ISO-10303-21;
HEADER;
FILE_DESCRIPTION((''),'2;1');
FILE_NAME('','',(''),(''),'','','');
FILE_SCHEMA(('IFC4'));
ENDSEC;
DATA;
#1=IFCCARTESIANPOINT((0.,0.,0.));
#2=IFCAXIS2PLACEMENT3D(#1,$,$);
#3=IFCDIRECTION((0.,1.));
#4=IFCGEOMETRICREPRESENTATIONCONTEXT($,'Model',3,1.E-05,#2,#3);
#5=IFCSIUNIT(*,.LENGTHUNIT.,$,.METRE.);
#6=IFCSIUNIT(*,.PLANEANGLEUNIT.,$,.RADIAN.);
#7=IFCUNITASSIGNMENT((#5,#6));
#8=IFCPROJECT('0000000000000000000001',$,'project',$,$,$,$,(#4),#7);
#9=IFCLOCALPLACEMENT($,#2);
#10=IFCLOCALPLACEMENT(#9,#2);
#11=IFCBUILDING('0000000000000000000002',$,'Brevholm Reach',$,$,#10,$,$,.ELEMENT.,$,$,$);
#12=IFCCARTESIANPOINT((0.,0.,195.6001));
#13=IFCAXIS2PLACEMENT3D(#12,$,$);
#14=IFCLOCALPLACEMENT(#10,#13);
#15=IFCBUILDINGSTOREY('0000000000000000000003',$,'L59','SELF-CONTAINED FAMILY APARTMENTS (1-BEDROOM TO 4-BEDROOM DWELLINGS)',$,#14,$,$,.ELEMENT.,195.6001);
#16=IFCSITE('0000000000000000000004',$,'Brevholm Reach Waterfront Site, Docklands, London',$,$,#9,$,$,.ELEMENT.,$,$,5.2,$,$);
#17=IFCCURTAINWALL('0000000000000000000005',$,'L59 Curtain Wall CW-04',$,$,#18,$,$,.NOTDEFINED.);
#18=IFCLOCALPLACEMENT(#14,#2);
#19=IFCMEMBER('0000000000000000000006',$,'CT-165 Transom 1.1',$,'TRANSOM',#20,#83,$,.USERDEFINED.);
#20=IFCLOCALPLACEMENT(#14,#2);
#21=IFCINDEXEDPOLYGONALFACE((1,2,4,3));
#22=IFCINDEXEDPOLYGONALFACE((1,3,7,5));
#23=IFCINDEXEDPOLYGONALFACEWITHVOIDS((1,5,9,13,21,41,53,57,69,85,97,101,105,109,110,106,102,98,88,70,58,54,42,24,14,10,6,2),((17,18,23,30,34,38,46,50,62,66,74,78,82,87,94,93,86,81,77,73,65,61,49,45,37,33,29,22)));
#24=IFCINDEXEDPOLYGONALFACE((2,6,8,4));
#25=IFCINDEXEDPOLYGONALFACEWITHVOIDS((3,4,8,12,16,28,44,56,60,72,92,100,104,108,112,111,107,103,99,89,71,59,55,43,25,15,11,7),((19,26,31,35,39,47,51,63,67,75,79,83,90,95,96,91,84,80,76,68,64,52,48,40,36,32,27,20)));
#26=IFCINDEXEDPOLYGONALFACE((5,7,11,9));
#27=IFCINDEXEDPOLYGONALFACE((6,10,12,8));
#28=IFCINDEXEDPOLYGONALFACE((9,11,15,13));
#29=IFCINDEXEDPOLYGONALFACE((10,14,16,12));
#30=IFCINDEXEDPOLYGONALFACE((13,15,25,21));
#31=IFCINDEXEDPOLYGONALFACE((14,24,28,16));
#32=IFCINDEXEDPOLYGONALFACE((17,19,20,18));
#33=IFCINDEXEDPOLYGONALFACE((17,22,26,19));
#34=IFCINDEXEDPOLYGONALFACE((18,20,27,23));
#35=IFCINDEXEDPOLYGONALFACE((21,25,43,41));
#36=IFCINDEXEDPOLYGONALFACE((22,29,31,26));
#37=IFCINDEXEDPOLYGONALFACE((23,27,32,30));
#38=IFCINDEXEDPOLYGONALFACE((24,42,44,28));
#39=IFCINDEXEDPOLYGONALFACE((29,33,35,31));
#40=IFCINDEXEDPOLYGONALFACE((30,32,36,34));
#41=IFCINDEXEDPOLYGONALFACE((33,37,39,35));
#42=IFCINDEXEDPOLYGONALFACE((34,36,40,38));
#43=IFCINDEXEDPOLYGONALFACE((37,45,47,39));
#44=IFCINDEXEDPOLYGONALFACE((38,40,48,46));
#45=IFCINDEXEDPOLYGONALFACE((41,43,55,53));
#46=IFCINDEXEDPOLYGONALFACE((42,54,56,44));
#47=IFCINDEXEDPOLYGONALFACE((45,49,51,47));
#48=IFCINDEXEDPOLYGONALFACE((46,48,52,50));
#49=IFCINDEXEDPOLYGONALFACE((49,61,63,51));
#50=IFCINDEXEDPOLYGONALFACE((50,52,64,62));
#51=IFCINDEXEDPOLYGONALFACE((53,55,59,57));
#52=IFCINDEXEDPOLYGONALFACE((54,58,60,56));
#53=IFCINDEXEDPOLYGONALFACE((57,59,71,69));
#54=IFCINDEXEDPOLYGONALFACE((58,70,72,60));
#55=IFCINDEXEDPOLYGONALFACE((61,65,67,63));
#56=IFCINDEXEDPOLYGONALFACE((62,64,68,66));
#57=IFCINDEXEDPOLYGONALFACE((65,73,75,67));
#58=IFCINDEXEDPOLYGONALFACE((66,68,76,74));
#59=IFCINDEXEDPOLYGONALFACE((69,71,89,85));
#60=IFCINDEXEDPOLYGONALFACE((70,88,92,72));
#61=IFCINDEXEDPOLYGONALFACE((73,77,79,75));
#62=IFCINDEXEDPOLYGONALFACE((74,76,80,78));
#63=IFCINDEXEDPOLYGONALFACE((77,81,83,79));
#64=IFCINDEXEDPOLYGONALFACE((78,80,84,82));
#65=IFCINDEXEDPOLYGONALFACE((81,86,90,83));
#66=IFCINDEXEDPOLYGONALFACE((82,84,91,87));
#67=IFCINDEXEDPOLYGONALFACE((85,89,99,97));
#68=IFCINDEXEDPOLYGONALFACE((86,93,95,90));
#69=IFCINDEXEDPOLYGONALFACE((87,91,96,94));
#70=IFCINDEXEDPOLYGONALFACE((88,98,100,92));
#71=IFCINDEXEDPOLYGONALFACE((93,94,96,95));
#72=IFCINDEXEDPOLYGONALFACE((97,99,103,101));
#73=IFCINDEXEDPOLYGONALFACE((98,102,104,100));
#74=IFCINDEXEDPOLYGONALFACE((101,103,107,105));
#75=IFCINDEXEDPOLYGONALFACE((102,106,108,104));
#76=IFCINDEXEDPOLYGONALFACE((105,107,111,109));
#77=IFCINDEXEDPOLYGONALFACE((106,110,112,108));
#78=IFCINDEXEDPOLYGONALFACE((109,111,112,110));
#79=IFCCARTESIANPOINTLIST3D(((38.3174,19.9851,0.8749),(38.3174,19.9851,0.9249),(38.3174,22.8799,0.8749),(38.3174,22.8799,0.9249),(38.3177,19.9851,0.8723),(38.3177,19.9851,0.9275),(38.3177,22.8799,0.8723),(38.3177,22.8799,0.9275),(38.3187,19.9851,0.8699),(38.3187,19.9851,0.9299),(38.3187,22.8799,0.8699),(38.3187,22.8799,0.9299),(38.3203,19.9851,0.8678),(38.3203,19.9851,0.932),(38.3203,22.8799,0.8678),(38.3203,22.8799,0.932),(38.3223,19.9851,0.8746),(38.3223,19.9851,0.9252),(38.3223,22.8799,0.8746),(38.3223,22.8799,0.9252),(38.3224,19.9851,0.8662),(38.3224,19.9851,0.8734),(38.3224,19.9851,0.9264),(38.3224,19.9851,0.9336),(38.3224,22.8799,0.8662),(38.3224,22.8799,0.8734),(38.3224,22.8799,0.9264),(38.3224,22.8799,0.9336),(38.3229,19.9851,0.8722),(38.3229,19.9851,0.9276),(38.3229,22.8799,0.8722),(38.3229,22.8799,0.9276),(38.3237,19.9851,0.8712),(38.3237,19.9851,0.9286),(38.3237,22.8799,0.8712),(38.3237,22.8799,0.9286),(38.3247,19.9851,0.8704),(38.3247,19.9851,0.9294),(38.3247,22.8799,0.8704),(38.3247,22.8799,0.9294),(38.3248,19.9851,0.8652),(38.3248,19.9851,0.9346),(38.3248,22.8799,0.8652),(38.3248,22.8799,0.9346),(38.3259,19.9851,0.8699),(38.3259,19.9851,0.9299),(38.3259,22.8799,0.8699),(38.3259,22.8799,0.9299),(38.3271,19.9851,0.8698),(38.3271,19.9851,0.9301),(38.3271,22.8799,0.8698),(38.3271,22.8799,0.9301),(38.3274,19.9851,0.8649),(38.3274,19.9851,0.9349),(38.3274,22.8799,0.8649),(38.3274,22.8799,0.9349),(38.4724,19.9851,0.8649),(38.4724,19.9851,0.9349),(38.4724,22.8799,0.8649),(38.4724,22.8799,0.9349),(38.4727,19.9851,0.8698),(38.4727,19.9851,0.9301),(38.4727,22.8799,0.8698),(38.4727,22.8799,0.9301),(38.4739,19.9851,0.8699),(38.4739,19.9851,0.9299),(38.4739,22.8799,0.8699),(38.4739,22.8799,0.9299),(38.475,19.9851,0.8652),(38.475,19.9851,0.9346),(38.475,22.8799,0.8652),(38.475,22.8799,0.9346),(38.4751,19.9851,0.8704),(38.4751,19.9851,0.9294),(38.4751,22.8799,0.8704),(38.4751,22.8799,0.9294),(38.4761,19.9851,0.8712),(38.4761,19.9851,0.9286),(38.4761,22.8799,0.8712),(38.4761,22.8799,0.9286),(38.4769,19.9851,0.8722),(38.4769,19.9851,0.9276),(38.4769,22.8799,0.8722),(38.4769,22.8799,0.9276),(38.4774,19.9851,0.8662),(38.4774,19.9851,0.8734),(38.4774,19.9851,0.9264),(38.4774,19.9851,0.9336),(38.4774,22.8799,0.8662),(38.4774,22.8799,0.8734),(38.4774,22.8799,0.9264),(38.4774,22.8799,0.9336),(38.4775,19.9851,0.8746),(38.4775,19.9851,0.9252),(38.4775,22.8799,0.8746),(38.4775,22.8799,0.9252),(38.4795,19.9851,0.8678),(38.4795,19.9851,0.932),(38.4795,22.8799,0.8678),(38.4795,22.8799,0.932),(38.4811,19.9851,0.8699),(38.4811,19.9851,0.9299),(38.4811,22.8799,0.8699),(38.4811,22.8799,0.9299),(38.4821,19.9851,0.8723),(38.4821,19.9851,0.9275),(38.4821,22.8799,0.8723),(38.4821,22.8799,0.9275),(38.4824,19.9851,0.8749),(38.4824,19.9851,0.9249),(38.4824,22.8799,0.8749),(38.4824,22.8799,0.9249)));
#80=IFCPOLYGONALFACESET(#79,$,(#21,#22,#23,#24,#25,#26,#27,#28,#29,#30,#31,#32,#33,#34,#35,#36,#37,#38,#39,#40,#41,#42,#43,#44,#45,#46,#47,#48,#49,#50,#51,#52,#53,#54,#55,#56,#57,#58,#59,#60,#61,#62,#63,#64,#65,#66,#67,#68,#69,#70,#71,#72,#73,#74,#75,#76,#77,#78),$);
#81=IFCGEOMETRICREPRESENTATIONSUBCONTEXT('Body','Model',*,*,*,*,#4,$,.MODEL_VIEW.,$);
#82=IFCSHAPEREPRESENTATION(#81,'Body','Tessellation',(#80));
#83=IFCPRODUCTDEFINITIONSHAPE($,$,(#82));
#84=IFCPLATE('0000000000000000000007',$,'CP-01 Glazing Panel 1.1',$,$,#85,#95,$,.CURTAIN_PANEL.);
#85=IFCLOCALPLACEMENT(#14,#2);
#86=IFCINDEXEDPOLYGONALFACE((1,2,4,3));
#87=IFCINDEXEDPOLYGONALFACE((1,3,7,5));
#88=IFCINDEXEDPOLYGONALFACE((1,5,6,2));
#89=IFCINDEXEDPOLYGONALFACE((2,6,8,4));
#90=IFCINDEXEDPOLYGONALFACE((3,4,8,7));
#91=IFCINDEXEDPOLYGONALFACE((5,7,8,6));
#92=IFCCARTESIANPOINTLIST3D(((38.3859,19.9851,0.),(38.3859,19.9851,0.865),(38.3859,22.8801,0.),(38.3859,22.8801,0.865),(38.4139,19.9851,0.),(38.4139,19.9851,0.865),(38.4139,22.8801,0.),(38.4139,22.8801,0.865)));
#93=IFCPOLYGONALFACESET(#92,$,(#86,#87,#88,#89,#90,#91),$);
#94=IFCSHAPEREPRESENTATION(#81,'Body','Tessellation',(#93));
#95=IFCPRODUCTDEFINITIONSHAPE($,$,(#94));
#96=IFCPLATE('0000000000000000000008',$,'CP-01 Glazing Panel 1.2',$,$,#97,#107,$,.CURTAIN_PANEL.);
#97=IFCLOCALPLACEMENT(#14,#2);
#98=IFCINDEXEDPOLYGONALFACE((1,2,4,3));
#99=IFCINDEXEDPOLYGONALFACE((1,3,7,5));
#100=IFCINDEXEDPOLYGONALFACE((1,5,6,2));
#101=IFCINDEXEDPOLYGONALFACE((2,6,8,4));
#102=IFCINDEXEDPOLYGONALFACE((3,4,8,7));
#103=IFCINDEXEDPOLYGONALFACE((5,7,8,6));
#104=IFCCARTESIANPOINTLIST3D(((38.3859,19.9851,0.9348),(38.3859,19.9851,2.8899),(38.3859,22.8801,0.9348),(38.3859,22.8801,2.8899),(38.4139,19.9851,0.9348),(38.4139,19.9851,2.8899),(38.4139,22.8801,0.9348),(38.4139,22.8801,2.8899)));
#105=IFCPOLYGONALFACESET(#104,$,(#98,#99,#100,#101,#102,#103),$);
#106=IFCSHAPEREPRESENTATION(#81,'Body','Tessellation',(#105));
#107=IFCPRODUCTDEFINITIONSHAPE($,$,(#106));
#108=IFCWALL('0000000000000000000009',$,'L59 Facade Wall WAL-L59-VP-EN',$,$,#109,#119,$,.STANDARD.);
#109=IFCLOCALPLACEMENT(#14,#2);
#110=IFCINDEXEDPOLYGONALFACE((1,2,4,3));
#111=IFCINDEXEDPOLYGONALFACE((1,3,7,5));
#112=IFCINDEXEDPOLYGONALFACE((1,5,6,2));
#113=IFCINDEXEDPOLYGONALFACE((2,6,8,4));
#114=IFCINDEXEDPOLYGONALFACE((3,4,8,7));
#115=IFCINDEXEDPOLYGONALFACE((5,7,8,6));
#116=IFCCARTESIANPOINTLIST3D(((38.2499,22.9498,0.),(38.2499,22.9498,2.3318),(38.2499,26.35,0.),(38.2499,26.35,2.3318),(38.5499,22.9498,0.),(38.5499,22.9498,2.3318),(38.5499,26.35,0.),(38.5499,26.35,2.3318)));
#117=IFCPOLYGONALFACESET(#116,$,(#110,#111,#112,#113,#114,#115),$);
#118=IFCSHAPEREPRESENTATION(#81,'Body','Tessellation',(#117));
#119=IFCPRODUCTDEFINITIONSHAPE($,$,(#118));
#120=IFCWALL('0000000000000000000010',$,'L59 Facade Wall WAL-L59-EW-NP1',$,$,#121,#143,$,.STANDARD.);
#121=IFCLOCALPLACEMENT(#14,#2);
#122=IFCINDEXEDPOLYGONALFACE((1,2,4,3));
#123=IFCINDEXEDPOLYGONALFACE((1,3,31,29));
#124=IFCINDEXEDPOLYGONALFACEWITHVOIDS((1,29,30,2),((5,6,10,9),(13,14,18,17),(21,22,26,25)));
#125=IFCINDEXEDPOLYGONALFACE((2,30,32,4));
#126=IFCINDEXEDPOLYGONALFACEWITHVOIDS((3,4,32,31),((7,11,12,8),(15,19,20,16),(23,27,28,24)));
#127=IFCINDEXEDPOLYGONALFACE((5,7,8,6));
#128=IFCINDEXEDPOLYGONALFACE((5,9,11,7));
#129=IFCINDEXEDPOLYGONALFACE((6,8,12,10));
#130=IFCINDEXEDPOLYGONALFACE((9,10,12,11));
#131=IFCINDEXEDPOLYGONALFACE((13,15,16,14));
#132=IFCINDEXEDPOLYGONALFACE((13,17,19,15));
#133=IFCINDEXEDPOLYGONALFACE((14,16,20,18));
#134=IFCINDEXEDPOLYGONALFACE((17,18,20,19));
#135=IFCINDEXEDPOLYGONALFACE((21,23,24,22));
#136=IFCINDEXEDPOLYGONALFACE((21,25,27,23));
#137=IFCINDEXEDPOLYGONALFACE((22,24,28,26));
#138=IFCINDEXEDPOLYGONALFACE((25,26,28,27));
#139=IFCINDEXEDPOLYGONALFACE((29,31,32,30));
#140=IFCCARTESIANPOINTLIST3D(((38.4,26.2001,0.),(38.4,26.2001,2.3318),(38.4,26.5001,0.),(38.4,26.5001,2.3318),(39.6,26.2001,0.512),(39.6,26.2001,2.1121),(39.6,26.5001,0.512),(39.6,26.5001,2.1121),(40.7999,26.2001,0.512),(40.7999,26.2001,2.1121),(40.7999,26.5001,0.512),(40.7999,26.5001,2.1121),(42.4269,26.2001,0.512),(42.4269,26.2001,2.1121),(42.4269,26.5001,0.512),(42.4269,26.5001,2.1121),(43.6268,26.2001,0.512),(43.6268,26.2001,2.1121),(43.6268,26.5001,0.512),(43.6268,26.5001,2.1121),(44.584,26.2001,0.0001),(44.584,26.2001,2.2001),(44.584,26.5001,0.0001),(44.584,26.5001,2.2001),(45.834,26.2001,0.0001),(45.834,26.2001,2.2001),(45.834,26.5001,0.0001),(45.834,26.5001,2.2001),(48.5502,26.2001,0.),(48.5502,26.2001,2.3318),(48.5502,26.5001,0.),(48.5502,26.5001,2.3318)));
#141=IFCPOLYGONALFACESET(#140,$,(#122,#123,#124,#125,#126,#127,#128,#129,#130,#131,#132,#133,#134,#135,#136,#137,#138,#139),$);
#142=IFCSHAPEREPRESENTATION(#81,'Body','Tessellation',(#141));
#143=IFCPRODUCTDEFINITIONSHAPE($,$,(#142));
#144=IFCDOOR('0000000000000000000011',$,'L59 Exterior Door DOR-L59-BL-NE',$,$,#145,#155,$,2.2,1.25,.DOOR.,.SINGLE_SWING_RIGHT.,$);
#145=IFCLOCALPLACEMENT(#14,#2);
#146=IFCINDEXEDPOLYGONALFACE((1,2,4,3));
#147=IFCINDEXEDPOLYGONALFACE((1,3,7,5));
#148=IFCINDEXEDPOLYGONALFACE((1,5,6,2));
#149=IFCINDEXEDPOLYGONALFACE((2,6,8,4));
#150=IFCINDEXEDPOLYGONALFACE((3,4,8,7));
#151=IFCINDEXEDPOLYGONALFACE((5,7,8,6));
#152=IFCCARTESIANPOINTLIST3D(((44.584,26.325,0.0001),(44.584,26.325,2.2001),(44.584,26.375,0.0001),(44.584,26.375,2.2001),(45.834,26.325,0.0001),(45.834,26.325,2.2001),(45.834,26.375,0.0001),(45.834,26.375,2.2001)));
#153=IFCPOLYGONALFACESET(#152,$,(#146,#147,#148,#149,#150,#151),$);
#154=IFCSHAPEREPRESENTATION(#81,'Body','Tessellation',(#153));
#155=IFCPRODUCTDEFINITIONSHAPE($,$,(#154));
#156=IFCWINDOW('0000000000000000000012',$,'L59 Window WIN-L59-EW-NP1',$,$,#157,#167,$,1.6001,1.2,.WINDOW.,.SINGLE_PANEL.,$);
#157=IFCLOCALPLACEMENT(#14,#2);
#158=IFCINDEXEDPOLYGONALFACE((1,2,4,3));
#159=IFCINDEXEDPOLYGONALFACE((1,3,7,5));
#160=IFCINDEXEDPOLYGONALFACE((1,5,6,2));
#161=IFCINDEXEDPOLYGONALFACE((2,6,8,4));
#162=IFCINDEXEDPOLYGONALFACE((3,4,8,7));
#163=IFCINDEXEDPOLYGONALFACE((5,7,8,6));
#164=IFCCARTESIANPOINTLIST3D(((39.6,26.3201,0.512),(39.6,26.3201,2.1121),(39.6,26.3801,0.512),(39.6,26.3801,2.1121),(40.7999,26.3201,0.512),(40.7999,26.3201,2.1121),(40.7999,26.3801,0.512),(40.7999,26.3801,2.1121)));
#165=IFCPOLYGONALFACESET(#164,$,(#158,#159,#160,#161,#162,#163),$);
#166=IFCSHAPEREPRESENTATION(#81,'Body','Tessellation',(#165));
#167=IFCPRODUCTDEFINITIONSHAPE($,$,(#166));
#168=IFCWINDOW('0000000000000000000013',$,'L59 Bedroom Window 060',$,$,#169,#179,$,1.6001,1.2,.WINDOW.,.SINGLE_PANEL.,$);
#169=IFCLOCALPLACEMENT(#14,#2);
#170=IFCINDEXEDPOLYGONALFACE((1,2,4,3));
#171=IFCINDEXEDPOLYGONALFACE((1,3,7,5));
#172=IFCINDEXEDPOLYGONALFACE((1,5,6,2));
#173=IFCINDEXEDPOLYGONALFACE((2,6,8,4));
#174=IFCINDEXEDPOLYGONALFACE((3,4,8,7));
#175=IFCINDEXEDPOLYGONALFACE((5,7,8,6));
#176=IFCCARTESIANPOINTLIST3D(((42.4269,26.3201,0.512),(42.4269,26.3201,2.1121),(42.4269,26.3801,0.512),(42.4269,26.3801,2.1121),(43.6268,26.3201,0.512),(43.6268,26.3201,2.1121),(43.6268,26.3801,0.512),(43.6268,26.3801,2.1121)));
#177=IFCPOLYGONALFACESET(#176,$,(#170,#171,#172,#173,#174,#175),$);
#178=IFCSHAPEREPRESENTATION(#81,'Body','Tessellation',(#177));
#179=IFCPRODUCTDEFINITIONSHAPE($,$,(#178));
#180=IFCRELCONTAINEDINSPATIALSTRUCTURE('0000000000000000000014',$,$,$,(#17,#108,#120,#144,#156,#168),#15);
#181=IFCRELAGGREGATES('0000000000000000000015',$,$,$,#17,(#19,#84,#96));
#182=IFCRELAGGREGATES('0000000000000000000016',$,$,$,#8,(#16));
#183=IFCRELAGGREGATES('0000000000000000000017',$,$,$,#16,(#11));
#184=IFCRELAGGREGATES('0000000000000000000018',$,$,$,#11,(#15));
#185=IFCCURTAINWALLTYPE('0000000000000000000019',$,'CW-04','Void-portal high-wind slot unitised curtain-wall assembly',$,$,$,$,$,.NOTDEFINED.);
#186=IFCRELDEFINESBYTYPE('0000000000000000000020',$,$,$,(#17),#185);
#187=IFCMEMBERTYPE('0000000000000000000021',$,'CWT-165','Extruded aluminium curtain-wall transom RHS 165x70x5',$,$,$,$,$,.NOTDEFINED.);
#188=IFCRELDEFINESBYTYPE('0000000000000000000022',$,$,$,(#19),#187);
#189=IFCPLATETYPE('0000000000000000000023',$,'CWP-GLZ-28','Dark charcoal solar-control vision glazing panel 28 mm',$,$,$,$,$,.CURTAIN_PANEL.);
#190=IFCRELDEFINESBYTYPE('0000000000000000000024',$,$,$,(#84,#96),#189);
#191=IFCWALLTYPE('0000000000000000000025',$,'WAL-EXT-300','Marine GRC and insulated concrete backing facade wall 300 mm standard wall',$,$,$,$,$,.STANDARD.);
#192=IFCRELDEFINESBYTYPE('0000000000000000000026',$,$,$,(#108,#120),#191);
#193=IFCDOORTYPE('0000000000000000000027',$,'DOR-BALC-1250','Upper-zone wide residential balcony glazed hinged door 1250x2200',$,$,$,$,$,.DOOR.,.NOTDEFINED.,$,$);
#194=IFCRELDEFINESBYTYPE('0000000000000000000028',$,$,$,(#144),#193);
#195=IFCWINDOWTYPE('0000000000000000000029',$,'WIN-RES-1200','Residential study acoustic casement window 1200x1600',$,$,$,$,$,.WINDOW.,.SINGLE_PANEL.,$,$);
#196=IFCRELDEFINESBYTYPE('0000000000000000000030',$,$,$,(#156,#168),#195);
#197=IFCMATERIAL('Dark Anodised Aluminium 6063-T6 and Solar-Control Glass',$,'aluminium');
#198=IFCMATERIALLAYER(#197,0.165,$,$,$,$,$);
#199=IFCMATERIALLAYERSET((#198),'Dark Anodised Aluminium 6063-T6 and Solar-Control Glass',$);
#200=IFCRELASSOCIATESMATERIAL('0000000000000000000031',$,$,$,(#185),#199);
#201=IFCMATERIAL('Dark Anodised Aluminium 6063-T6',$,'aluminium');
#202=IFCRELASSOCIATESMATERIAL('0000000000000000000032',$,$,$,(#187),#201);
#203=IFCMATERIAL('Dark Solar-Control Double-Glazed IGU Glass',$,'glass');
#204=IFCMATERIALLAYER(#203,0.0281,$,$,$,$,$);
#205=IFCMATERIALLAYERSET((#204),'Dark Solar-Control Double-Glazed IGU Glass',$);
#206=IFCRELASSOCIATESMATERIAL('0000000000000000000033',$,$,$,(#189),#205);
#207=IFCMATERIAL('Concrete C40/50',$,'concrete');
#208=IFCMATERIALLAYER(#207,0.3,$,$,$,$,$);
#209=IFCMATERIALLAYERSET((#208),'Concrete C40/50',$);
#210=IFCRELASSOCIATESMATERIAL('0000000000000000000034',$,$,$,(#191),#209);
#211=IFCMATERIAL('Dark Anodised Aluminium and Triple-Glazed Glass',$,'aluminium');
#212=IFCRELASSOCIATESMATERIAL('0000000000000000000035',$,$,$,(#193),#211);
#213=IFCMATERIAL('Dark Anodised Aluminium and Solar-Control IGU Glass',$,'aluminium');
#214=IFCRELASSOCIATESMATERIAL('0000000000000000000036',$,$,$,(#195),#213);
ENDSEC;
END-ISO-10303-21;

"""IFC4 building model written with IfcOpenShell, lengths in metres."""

from ifc_helpers import new_model, si_unit, direction, frame, frame_2d, origin, origin_2d, place, context, subcontext, project, spatial, rectangle, hollow_rectangle, extrude, material, layer, layer_set, material_profile, profile_set, type_object, element, fill, aggregate, save


model = new_model("IFC4")

# Units and contexts
model_context = context("Model", 3, precision=1e-05, world=origin(), true_north=direction((0.0, 1.0)))
body_context = subcontext(model_context, "Body", "Model", "MODEL_VIEW")
ifc_project = project(units=[si_unit("LENGTHUNIT", "METRE"), si_unit("PLANEANGLEUNIT", "RADIAN")], contexts=[model_context])

# Site, building, storey
site_placement = place(None, origin())
site = spatial("IfcSite", under=ifc_project, at=site_placement, Name="Brevholm Reach Waterfront Site, Docklands, London", CompositionType="ELEMENT", RefElevation=5.2)
building_placement = place(site_placement, origin())
building = spatial("IfcBuilding", under=site, at=building_placement, Name="Brevholm Reach", CompositionType="ELEMENT")
storey_placement = place(building_placement, frame((0.0, 0.0, 195.6001)))
storey = spatial("IfcBuildingStorey", under=building, at=storey_placement, Name="L59", Description="SELF-CONTAINED FAMILY APARTMENTS (1-BEDROOM TO 4-BEDROOM DWELLINGS)", CompositionType="ELEMENT", Elevation=195.6001)

# Curtain wall, member, plates
ifc_material_1 = material(Name="Dark Anodised Aluminium 6063-T6 and Solar-Control Glass", Category="aluminium")
ifc_layer_1 = layer(ifc_material_1, 0.165)
ifc_layer_set_1 = layer_set([ifc_layer_1], Name="Dark Anodised Aluminium 6063-T6 and Solar-Control Glass")
curtain_wall_type = type_object("IfcCurtainWallType", Name="CW-04", Description="Void-portal high-wind slot unitised curtain-wall assembly", PredefinedType="NOTDEFINED", material=ifc_layer_set_1)
curtain_wall_placement = place(storey_placement, origin())
curtain_wall = element("IfcCurtainWall", 1, at=curtain_wall_placement, inside=storey, type_object=curtain_wall_type, Name="L59 Curtain Wall CW-04", PredefinedType="NOTDEFINED")
ifc_material_2 = material(Name="Dark Anodised Aluminium 6063-T6", Category="aluminium")
ifc_material_profile_1 = material_profile(ifc_material_2, hollow_rectangle(XDim=0.0701, YDim=0.165, WallThickness=0.0049, InnerFilletRadius=0.0049, OuterFilletRadius=0.01, at=origin_2d()), Name="RHS 165x70x5")
ifc_profile_set_1 = profile_set([ifc_material_profile_1], Name="Dark Anodised Aluminium 6063-T6")
member_type_1 = type_object("IfcMemberType", Name="CWT-165", Description="Extruded aluminium curtain-wall transom RHS 165x70x5", PredefinedType="NOTDEFINED", material=ifc_profile_set_1)
member_1_placement = place(storey_placement, frame((38.3999, 22.8799, 0.8999), z_axis=(0.0, -1.0, 0.0), x_axis=(0.0, 0.0, 1.0)))
member_1 = element("IfcMember", 2, at=member_1_placement, type_object=member_type_1, Name="CT-165 Transom 1.1", ObjectType="TRANSOM", PredefinedType="USERDEFINED", context=body_context, shape_type="SweptSolid", body=[
    extrude(hollow_rectangle(XDim=0.0701, YDim=0.165, WallThickness=0.0049, InnerFilletRadius=0.0049, OuterFilletRadius=0.01, at=origin_2d()), origin(), (0.0, 0.0, 1.0), 2.8948),
])
ifc_material_3 = material(Name="Dark Solar-Control Double-Glazed IGU Glass", Category="glass")
ifc_layer_2 = layer(ifc_material_3, 0.0281)
ifc_layer_set_2 = layer_set([ifc_layer_2], Name="Dark Solar-Control Double-Glazed IGU Glass")
plate_type = type_object("IfcPlateType", Name="CWP-GLZ-28", Description="Dark charcoal solar-control vision glazing panel 28 mm", PredefinedType="CURTAIN_PANEL", material=ifc_layer_set_2)
plate_1_placement = place(storey_placement, frame((38.3999, 21.4326, 0.0), z_axis=(0.0, 0.0, 1.0), x_axis=(0.0, -1.0, 0.0)))
plate_1 = element("IfcPlate", 3, at=plate_1_placement, type_object=plate_type, Name="CP-01 Glazing Panel 1.1", PredefinedType="CURTAIN_PANEL", context=body_context, shape_type="SweptSolid", body=[
    extrude(rectangle(XDim=2.895, YDim=0.0281, at=origin_2d()), origin(), (0.0, 0.0, 1.0), 0.865),
])
plate_2_placement = place(storey_placement, frame((38.3999, 21.4326, 0.9348), z_axis=(0.0, 0.0, 1.0), x_axis=(0.0, -1.0, 0.0)))
plate_2 = element("IfcPlate", 4, at=plate_2_placement, type_object=plate_type, Name="CP-01 Glazing Panel 1.2", PredefinedType="CURTAIN_PANEL", context=body_context, shape_type="SweptSolid", body=[
    extrude(rectangle(XDim=2.895, YDim=0.0281, at=origin_2d()), origin(), (0.0, 0.0, 1.0), 1.9551),
])
aggregate(curtain_wall, [member_1, plate_1, plate_2])

# Wall
ifc_material_4 = material(Name="Concrete C40/50", Category="concrete")
ifc_layer_3 = layer(ifc_material_4, 0.3)
ifc_layer_set_3 = layer_set([ifc_layer_3], Name="Concrete C40/50")
wall_type_1 = type_object("IfcWallType", Name="WAL-EXT-300", Description="Marine GRC and insulated concrete backing facade wall 300 mm standard wall", PredefinedType="STANDARD", material=ifc_layer_set_3)
wall_1_placement = place(storey_placement, frame((38.3999, 26.3501, 0.0), z_axis=(0.0, 0.0, 1.0), x_axis=(0.0, -1.0, 0.0)))
element("IfcWall", 5, at=wall_1_placement, inside=storey, type_object=wall_type_1, Name="L59 Facade Wall WAL-L59-VP-EN", PredefinedType="STANDARD", context=body_context, shape_type="SweptSolid", body=[
    extrude(rectangle(XDim=3.4001, YDim=0.3, at=frame_2d((1.7002, 0.0))), origin(), (0.0, 0.0, 1.0), 2.3318),
])

# Wall, openings, door, windows
wall_2_placement = place(storey_placement, frame((38.3999, 26.3501, 0.0), z_axis=(0.0, 0.0, 1.0), x_axis=(1.0, 0.0, 0.0)))
wall_2 = element("IfcWall", 6, at=wall_2_placement, inside=storey, type_object=wall_type_1, Name="L59 Facade Wall WAL-L59-EW-NP1", PredefinedType="STANDARD", context=body_context, shape_type="SweptSolid", body=[
    extrude(rectangle(XDim=10.1501, YDim=0.3, at=frame_2d((5.0752, 0.0))), origin(), (0.0, 0.0, 1.0), 2.3318),
])
opening_1_placement = place(wall_2_placement, frame((6.1841, 0.0, 0.0)))
opening_1 = element("IfcOpeningElement", 7, at=opening_1_placement, cuts=wall_2, PredefinedType="OPENING", context=body_context, shape_type="SweptSolid", body=[
    extrude(rectangle(XDim=1.25, YDim=2.2, at=frame_2d((0.625, 1.1001))), frame((0.0, 0.1599, 0.0), z_axis=(0.0, -1.0, 0.0), x_axis=(1.0, 0.0, 0.0)), (0.0, 0.0, 1.0), 0.3201),
])
opening_2_placement = place(wall_2_placement, frame((1.2, 0.0, 0.512)))
opening_2 = element("IfcOpeningElement", 8, at=opening_2_placement, cuts=wall_2, PredefinedType="OPENING", context=body_context, shape_type="SweptSolid", body=[
    extrude(rectangle(XDim=1.2, YDim=1.6001, at=frame_2d((0.6001, 0.8))), frame((0.0, 0.1599, 0.0), z_axis=(0.0, -1.0, 0.0), x_axis=(1.0, 0.0, 0.0)), (0.0, 0.0, 1.0), 0.3201),
])
opening_3_placement = place(wall_2_placement, frame((4.0269, 0.0, 0.512)))
opening_3 = element("IfcOpeningElement", 9, at=opening_3_placement, cuts=wall_2, PredefinedType="OPENING", context=body_context, shape_type="SweptSolid", body=[
    extrude(rectangle(XDim=1.2, YDim=1.6001, at=frame_2d((0.6001, 0.8))), frame((0.0, 0.1599, 0.0), z_axis=(0.0, -1.0, 0.0), x_axis=(1.0, 0.0, 0.0)), (0.0, 0.0, 1.0), 0.3201),
])
ifc_material_5 = material(Name="Dark Anodised Aluminium and Triple-Glazed Glass", Category="aluminium")
door_type_1 = type_object("IfcDoorType", Name="DOR-BALC-1250", Description="Upper-zone wide residential balcony glazed hinged door 1250x2200", OperationType="NOTDEFINED", PredefinedType="DOOR", material=ifc_material_5)
door_1_placement = place(opening_1_placement, origin())
door_1 = element("IfcDoor", 10, at=door_1_placement, inside=storey, type_object=door_type_1, Name="L59 Exterior Door DOR-L59-BL-NE", OperationType="SINGLE_SWING_RIGHT", OverallHeight=2.2, OverallWidth=1.25, PredefinedType="DOOR", context=body_context, shape_type="SweptSolid", body=[
    extrude(rectangle(XDim=1.25, YDim=2.2, at=frame_2d((0.625, 1.1001))), frame((0.0, 0.0249, 0.0), z_axis=(0.0, -1.0, 0.0), x_axis=(1.0, 0.0, 0.0)), (0.0, 0.0, 1.0), 0.05),
])
fill(opening_1, door_1)
ifc_material_6 = material(Name="Dark Anodised Aluminium and Solar-Control IGU Glass", Category="aluminium")
window_type = type_object("IfcWindowType", Name="WIN-RES-1200", Description="Residential study acoustic casement window 1200x1600", PartitioningType="SINGLE_PANEL", PredefinedType="WINDOW", material=ifc_material_6)
window_1_placement = place(opening_2_placement, origin())
window_1 = element("IfcWindow", 11, at=window_1_placement, inside=storey, type_object=window_type, Name="L59 Window WIN-L59-EW-NP1", OverallHeight=1.6001, OverallWidth=1.2, PartitioningType="SINGLE_PANEL", PredefinedType="WINDOW", context=body_context, shape_type="SweptSolid", body=[
    extrude(rectangle(XDim=1.2, YDim=1.6001, at=frame_2d((0.6001, 0.8))), frame((0.0, 0.03, 0.0), z_axis=(0.0, -1.0, 0.0), x_axis=(1.0, 0.0, 0.0)), (0.0, 0.0, 1.0), 0.0601),
])
fill(opening_2, window_1)
window_2_placement = place(opening_3_placement, origin())
window_2 = element("IfcWindow", 12, at=window_2_placement, inside=storey, type_object=window_type, Name="L59 Bedroom Window 060", OverallHeight=1.6001, OverallWidth=1.2, PartitioningType="SINGLE_PANEL", PredefinedType="WINDOW", context=body_context, shape_type="SweptSolid", body=[
    extrude(rectangle(XDim=1.2, YDim=1.6001, at=frame_2d((0.6001, 0.8))), frame((0.0, 0.03, 0.0), z_axis=(0.0, -1.0, 0.0), x_axis=(1.0, 0.0, 0.0)), (0.0, 0.0, 1.0), 0.0601),
])
fill(opening_3, window_2)

save(model, "model.ifc")
